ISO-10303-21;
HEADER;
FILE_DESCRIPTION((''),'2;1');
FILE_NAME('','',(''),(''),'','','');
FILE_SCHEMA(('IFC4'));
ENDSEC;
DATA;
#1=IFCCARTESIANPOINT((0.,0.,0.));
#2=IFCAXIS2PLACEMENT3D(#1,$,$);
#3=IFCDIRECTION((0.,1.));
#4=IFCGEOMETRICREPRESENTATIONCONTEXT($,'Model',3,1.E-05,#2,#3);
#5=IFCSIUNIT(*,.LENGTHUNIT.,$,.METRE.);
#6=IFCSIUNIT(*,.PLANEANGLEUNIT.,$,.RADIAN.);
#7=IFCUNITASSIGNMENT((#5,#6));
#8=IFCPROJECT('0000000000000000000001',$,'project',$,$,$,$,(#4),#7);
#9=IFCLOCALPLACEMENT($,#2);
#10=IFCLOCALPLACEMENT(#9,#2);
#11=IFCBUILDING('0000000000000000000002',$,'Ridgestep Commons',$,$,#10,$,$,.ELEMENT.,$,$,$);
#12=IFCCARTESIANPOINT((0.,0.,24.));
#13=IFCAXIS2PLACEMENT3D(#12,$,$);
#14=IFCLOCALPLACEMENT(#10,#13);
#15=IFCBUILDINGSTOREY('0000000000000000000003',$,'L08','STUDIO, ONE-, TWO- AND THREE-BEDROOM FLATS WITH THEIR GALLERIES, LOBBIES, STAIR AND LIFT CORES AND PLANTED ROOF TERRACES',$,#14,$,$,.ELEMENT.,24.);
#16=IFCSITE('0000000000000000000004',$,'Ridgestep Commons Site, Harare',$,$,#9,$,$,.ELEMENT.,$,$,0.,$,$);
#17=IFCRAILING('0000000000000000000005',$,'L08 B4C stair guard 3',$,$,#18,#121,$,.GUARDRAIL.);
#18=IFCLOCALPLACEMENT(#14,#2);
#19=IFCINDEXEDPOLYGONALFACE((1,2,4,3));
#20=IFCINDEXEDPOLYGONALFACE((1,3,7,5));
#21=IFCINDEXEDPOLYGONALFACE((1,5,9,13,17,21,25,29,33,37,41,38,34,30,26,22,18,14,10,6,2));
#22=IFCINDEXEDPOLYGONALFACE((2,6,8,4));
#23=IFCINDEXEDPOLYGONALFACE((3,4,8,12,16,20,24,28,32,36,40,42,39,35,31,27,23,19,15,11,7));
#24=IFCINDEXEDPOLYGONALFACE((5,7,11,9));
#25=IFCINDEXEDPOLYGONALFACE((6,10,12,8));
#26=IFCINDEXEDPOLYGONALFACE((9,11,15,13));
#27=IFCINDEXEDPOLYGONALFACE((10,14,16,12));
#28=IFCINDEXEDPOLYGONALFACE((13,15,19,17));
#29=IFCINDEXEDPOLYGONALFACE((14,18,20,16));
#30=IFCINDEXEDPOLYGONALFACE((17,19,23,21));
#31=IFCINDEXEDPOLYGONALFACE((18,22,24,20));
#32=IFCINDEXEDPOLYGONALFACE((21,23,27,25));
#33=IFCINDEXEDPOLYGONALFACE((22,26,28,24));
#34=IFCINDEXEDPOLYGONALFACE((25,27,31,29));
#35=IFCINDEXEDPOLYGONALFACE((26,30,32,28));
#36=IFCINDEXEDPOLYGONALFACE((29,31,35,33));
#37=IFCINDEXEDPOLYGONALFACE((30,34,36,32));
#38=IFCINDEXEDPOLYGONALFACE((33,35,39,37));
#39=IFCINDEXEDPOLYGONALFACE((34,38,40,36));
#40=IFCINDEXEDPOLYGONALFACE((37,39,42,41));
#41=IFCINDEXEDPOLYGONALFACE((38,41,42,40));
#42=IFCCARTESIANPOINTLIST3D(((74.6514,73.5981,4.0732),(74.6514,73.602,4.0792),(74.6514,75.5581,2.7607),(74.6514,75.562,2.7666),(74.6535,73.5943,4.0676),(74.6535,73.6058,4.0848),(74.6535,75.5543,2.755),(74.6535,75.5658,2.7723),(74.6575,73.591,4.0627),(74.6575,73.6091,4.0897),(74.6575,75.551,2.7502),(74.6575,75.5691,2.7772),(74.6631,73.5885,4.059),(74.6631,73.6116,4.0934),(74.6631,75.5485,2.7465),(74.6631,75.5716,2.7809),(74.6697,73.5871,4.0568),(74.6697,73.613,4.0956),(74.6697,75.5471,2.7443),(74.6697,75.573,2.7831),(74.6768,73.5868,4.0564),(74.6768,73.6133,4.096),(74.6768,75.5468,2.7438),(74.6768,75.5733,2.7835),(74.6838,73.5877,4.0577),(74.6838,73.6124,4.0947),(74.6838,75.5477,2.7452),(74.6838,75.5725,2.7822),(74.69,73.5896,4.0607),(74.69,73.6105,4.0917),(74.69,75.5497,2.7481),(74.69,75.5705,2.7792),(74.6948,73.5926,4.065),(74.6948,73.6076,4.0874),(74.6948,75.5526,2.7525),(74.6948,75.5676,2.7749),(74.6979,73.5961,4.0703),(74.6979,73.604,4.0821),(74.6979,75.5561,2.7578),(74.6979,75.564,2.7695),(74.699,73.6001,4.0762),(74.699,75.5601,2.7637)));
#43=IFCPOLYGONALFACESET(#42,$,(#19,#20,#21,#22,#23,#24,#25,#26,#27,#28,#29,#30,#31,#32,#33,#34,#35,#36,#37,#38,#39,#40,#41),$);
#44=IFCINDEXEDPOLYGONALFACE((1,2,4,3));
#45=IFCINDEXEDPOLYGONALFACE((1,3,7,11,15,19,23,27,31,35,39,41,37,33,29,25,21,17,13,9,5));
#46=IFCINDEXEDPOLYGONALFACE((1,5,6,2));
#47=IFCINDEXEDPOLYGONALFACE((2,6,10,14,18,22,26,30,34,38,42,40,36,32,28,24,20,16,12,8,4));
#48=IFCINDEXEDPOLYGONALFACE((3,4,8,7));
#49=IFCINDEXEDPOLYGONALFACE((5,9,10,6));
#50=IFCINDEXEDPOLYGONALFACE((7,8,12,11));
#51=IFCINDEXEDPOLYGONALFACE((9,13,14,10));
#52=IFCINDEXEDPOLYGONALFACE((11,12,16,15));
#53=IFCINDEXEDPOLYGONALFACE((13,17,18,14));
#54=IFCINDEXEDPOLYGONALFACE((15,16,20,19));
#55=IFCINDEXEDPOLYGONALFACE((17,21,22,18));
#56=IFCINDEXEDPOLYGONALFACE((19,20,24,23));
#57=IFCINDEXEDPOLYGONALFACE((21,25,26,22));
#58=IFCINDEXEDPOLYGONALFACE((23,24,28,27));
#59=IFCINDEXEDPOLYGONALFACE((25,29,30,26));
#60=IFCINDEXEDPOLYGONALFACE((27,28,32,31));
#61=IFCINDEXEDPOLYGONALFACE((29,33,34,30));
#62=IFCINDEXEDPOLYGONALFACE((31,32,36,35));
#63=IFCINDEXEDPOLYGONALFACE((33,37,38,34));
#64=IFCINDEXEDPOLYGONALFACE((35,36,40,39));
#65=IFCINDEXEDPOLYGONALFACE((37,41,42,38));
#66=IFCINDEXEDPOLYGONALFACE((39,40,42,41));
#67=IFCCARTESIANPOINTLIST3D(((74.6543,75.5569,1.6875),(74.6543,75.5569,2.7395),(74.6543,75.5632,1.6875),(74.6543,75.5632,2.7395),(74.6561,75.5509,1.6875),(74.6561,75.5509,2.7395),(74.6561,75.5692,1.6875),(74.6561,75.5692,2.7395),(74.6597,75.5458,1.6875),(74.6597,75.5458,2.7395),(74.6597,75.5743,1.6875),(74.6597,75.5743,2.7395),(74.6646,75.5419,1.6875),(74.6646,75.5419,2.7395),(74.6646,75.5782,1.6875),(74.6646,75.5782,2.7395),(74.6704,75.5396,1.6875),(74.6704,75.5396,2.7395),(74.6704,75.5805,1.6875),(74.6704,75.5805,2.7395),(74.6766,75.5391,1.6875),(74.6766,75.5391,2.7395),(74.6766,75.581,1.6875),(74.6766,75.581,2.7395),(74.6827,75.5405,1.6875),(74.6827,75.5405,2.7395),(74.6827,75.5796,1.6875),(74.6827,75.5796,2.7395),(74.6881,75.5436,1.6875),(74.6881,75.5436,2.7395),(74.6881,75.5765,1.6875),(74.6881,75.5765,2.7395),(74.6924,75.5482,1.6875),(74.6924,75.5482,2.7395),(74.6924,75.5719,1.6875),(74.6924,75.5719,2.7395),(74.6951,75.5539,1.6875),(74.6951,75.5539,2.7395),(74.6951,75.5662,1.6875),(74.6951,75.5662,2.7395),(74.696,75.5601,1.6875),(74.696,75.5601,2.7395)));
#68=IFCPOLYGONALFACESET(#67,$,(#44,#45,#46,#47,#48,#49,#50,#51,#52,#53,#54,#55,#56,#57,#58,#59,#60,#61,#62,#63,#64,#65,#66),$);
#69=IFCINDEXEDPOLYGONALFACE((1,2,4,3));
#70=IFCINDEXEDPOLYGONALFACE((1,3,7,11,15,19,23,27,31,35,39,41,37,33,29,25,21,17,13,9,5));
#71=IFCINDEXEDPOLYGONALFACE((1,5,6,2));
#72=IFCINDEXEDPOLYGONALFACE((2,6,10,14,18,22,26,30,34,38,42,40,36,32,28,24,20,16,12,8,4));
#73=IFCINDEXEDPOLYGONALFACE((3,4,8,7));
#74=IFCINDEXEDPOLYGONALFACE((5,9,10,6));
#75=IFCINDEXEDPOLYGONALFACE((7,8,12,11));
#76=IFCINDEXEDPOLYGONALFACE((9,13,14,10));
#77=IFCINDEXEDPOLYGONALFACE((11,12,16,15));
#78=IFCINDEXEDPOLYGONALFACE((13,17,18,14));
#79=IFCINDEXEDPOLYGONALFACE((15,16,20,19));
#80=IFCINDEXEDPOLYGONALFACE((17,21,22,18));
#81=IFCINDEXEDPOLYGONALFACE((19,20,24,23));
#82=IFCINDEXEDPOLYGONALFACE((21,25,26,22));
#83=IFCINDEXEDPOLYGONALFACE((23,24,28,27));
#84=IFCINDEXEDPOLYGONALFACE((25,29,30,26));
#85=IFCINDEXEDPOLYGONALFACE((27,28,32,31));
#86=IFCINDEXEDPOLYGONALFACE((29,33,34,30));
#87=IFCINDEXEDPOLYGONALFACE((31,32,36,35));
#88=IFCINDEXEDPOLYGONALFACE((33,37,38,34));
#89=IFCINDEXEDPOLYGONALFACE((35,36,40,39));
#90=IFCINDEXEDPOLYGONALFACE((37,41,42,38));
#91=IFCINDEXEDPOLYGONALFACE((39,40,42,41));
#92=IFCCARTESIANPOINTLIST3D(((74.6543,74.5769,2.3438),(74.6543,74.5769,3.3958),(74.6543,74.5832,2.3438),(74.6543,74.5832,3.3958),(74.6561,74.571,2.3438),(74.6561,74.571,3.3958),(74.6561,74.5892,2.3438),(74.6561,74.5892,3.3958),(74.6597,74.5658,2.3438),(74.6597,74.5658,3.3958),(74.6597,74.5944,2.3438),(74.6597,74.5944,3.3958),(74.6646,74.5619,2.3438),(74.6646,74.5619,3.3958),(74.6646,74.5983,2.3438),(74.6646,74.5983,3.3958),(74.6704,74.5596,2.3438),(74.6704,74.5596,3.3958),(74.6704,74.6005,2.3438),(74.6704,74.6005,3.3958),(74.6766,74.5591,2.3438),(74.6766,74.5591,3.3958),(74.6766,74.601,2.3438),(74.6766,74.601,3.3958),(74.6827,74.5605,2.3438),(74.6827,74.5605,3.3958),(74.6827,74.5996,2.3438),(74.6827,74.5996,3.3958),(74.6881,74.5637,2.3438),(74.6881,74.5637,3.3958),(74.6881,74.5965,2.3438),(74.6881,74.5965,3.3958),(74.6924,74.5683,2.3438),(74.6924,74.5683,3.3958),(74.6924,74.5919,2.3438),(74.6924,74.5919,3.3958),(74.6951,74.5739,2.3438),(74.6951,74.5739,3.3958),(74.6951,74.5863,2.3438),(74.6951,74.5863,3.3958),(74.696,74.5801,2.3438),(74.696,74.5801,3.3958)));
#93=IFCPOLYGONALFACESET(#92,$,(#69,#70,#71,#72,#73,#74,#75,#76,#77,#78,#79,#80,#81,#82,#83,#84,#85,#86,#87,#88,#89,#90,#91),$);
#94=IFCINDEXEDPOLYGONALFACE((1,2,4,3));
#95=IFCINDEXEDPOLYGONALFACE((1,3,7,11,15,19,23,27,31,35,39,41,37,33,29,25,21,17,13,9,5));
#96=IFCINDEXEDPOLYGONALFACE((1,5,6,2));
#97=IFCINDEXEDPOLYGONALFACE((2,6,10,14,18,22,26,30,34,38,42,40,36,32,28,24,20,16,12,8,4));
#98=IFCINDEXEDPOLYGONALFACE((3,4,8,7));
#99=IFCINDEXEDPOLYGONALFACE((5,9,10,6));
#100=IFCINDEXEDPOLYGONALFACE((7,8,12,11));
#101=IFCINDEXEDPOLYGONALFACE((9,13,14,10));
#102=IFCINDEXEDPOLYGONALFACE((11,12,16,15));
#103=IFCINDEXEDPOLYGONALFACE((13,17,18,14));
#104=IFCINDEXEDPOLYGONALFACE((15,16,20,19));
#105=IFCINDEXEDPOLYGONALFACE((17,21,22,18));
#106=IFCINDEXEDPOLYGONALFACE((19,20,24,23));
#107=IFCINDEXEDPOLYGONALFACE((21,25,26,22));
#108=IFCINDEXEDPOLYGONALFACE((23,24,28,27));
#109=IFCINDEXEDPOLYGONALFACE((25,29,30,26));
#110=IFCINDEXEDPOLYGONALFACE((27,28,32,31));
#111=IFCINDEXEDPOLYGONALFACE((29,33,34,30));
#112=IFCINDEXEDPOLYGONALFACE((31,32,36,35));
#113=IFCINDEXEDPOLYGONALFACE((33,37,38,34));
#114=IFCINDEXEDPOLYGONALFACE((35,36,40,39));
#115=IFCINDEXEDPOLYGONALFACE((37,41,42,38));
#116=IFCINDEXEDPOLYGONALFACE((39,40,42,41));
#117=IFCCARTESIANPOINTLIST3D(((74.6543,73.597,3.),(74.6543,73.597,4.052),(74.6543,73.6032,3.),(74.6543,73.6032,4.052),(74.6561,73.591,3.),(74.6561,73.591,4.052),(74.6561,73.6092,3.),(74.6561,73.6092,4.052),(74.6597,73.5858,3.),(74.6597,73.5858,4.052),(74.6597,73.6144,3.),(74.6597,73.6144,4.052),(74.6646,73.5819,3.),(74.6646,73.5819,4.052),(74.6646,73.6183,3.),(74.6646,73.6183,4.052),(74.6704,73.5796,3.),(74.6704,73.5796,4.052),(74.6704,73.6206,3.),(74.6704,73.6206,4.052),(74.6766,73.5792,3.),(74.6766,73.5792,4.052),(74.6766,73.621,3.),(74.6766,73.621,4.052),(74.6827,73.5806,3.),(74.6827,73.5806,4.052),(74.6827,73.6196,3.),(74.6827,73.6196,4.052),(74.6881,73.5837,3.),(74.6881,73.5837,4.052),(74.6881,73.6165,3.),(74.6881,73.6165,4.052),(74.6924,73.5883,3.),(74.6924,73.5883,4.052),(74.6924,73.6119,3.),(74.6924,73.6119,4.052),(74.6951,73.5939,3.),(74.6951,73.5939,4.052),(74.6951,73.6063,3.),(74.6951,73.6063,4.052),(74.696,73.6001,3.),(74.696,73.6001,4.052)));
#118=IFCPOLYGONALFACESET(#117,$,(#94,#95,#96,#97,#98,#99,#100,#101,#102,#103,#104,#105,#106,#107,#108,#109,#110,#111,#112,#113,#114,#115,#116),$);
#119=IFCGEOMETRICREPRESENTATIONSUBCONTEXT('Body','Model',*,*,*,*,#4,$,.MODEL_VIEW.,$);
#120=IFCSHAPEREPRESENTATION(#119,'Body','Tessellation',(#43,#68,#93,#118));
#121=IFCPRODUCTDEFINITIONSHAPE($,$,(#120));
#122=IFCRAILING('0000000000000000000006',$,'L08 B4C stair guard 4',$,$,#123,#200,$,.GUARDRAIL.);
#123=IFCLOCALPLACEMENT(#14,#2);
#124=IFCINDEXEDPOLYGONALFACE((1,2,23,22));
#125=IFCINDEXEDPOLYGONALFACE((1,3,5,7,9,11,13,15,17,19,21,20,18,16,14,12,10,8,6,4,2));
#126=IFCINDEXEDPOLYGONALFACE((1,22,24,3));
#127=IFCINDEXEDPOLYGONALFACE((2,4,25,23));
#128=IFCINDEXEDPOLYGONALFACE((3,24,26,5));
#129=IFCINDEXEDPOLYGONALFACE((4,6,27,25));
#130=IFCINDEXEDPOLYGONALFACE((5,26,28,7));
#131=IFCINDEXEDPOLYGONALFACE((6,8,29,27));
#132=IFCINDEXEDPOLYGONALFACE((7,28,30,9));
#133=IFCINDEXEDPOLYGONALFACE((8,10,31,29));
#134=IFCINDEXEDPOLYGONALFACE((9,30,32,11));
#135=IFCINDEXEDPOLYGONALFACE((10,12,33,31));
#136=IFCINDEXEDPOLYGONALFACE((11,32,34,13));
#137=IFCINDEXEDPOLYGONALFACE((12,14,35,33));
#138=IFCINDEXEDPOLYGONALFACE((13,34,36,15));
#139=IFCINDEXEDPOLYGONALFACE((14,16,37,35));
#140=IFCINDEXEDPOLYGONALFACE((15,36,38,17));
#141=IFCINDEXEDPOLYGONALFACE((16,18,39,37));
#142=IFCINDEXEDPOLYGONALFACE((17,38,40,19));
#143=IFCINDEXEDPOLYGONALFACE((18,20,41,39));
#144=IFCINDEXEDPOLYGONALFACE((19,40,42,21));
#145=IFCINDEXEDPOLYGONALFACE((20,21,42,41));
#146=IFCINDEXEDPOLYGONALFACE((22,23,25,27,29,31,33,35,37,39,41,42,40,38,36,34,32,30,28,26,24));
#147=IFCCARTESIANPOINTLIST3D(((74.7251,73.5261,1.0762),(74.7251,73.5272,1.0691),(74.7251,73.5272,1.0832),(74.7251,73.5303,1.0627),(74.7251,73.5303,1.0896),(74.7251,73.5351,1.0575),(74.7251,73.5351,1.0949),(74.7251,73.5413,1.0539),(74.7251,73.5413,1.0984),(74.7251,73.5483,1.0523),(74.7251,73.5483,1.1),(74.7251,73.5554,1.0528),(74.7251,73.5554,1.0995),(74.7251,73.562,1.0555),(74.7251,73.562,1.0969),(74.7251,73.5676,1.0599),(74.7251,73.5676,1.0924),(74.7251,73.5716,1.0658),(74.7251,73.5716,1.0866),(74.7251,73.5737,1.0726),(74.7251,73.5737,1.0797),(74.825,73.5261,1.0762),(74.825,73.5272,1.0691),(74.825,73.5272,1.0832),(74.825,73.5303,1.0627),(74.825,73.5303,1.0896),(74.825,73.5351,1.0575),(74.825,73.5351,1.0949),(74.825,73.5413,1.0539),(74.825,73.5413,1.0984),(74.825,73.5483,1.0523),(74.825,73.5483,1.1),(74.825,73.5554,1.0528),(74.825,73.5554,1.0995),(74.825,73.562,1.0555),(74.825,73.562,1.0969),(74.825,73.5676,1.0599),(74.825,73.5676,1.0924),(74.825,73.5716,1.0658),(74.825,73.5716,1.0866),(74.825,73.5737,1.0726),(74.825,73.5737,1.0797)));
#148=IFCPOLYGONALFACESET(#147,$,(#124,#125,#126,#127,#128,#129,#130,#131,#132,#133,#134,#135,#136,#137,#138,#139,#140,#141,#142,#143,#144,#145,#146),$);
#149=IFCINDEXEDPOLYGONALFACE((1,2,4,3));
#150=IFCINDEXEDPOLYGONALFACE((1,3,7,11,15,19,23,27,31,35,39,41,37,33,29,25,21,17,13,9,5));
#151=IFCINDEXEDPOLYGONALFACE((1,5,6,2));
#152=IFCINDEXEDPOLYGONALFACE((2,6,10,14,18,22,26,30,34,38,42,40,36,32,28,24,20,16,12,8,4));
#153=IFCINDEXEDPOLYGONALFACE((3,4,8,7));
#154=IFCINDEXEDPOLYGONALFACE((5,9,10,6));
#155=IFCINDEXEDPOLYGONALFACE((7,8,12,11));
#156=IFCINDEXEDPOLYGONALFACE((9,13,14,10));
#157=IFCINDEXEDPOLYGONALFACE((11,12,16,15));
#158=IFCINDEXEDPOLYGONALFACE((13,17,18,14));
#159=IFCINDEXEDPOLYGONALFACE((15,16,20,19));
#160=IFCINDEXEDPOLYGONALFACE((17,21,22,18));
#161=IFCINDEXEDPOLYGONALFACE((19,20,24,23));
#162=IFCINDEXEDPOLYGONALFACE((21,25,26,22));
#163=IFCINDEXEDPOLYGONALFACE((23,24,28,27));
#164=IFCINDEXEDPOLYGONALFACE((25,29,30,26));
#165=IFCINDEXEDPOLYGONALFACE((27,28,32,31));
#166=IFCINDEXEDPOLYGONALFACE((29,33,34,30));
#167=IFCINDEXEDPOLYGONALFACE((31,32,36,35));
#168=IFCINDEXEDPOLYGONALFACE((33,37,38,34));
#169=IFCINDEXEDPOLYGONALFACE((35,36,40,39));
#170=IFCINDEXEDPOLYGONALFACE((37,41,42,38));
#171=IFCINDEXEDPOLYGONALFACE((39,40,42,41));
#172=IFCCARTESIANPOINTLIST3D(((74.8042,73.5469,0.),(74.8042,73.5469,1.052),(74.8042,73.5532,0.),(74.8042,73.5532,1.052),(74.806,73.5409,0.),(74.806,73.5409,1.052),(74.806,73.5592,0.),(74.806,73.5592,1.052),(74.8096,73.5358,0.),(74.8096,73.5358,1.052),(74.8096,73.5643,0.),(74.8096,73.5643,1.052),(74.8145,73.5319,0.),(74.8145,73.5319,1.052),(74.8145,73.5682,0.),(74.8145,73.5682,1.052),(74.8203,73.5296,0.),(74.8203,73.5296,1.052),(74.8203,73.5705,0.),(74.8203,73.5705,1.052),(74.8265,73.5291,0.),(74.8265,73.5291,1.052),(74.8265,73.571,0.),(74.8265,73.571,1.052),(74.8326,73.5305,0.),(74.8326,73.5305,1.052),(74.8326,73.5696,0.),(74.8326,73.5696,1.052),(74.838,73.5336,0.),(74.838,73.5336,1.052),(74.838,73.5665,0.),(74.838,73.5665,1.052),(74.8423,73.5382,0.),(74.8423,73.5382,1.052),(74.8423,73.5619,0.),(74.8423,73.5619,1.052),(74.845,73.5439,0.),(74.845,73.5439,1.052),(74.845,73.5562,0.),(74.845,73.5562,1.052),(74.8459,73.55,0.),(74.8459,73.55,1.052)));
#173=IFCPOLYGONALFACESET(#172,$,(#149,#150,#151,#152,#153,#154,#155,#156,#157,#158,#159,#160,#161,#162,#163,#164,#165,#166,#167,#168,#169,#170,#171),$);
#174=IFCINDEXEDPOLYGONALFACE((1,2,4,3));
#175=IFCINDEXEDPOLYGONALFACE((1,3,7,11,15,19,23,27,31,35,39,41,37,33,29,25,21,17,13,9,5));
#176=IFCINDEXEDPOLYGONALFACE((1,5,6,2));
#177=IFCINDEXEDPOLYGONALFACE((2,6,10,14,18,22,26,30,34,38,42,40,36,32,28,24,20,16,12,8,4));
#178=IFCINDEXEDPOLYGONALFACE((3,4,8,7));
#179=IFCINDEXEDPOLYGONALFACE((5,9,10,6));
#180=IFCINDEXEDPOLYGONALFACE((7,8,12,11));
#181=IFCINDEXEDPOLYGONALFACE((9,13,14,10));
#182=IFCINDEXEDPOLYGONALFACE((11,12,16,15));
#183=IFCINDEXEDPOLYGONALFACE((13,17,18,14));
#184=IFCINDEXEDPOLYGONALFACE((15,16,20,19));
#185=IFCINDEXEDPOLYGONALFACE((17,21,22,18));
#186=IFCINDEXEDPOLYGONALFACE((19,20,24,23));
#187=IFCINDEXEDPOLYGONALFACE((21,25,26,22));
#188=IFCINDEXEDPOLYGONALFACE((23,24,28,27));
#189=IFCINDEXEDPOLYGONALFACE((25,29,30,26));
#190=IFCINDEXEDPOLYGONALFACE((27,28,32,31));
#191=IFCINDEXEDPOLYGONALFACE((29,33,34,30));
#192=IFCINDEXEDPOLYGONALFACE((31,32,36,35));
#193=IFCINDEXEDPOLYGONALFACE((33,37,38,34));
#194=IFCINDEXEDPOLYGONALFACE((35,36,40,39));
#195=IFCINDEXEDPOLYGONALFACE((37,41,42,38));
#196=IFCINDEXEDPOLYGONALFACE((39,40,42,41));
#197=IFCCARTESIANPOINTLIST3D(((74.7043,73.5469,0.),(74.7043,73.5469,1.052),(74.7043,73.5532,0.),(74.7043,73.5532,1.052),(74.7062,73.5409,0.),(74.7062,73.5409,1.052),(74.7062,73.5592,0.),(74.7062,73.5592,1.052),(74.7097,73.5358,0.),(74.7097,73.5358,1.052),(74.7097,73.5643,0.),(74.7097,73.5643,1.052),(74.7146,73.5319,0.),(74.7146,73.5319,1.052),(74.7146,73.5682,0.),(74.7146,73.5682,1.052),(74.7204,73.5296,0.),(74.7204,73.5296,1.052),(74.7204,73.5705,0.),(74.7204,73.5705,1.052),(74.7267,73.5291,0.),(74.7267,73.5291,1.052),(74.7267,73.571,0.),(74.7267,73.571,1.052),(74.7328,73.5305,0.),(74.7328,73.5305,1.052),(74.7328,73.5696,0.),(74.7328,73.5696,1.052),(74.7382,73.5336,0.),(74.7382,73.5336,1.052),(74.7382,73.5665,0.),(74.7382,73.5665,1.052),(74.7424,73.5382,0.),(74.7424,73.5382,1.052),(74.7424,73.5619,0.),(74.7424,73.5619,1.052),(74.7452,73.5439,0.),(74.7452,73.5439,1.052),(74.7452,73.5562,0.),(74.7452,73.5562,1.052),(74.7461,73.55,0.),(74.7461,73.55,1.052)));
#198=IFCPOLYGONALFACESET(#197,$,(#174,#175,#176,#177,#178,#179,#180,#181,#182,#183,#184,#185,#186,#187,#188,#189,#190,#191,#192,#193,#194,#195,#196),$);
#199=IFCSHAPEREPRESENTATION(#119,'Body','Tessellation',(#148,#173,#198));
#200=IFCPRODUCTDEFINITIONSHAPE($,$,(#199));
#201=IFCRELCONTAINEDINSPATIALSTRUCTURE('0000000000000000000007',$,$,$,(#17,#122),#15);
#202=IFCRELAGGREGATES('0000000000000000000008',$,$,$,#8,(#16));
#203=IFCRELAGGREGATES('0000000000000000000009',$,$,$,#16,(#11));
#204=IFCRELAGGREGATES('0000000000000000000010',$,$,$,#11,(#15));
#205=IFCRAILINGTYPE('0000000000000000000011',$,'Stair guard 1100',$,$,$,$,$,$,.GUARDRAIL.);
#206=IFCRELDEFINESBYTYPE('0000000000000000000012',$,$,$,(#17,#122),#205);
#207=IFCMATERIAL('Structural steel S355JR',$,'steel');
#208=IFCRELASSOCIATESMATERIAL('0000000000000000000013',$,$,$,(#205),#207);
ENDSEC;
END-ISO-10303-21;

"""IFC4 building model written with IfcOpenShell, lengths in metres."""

from ifc_helpers import new_model, si_unit, direction, frame, origin, origin_2d, place, context, subcontext, project, spatial, circle, extrude, material, type_object, element, save


model = new_model("IFC4")

# Units and contexts
model_context = context("Model", 3, precision=1e-05, world=origin(), true_north=direction((0.0, 1.0)))
body_context = subcontext(model_context, "Body", "Model", "MODEL_VIEW")
ifc_project = project(units=[si_unit("LENGTHUNIT", "METRE"), si_unit("PLANEANGLEUNIT", "RADIAN")], contexts=[model_context])

# Site, building, storey
site_placement = place(None, origin())
site = spatial("IfcSite", under=ifc_project, at=site_placement, Name="Ridgestep Commons Site, Harare", CompositionType="ELEMENT", RefElevation=0.0)
building_placement = place(site_placement, origin())
building = spatial("IfcBuilding", under=site, at=building_placement, Name="Ridgestep Commons", CompositionType="ELEMENT")
storey_placement = place(building_placement, frame((0.0, 0.0, 24.0)))
storey = spatial("IfcBuildingStorey", under=building, at=storey_placement, Name="L08", Description="STUDIO, ONE-, TWO- AND THREE-BEDROOM FLATS WITH THEIR GALLERIES, LOBBIES, STAIR AND LIFT CORES AND PLANTED ROOF TERRACES", CompositionType="ELEMENT", Elevation=24.0)

# Railings
ifc_material_1 = material(Name="Structural steel S355JR", Category="steel")
railing_type_1 = type_object("IfcRailingType", Name="Stair guard 1100", PredefinedType="GUARDRAIL", material=ifc_material_1)
railing_1_placement = place(storey_placement, frame((74.675, 75.5601, 1.6875)))
element("IfcRailing", 1, at=railing_1_placement, inside=storey, type_object=railing_type_1, Name="L08 B4C stair guard 3", PredefinedType="GUARDRAIL", context=body_context, shape_type="SweptSolid", body=[
    extrude(circle(Radius=0.0239, at=origin_2d()), frame((0.0, 0.0, 1.0762), z_axis=(0.0, -0.830902, 0.556419), x_axis=(1.0, 0.0, 0.0)), (0.0, 0.0, 1.0), 2.3589),
    extrude(circle(Radius=0.021, at=origin_2d()), origin(), (0.0, 0.0, 1.0), 1.052),
    extrude(circle(Radius=0.021, at=origin_2d()), frame((0.0, -0.98, 0.6562)), (0.0, 0.0, 1.0), 1.052),
    extrude(circle(Radius=0.021, at=origin_2d()), frame((0.0, -1.96, 1.3125)), (0.0, 0.0, 1.0), 1.052),
])
railing_2_placement = place(storey_placement, frame((74.825, 73.55, 0.0)))
element("IfcRailing", 2, at=railing_2_placement, inside=storey, type_object=railing_type_1, Name="L08 B4C stair guard 4", PredefinedType="GUARDRAIL", context=body_context, shape_type="SweptSolid", body=[
    extrude(circle(Radius=0.0239, at=origin_2d()), frame((0.0, 0.0, 1.0762), z_axis=(-1.0, 0.0, 0.0), x_axis=(0.0, -1.0, 0.0)), (0.0, 0.0, 1.0), 0.0999),
    extrude(circle(Radius=0.021, at=origin_2d()), origin(), (0.0, 0.0, 1.0), 1.052),
    extrude(circle(Radius=0.021, at=origin_2d()), frame((-0.0999, 0.0, 0.0)), (0.0, 0.0, 1.0), 1.052),
])

save(model, "model.ifc")
